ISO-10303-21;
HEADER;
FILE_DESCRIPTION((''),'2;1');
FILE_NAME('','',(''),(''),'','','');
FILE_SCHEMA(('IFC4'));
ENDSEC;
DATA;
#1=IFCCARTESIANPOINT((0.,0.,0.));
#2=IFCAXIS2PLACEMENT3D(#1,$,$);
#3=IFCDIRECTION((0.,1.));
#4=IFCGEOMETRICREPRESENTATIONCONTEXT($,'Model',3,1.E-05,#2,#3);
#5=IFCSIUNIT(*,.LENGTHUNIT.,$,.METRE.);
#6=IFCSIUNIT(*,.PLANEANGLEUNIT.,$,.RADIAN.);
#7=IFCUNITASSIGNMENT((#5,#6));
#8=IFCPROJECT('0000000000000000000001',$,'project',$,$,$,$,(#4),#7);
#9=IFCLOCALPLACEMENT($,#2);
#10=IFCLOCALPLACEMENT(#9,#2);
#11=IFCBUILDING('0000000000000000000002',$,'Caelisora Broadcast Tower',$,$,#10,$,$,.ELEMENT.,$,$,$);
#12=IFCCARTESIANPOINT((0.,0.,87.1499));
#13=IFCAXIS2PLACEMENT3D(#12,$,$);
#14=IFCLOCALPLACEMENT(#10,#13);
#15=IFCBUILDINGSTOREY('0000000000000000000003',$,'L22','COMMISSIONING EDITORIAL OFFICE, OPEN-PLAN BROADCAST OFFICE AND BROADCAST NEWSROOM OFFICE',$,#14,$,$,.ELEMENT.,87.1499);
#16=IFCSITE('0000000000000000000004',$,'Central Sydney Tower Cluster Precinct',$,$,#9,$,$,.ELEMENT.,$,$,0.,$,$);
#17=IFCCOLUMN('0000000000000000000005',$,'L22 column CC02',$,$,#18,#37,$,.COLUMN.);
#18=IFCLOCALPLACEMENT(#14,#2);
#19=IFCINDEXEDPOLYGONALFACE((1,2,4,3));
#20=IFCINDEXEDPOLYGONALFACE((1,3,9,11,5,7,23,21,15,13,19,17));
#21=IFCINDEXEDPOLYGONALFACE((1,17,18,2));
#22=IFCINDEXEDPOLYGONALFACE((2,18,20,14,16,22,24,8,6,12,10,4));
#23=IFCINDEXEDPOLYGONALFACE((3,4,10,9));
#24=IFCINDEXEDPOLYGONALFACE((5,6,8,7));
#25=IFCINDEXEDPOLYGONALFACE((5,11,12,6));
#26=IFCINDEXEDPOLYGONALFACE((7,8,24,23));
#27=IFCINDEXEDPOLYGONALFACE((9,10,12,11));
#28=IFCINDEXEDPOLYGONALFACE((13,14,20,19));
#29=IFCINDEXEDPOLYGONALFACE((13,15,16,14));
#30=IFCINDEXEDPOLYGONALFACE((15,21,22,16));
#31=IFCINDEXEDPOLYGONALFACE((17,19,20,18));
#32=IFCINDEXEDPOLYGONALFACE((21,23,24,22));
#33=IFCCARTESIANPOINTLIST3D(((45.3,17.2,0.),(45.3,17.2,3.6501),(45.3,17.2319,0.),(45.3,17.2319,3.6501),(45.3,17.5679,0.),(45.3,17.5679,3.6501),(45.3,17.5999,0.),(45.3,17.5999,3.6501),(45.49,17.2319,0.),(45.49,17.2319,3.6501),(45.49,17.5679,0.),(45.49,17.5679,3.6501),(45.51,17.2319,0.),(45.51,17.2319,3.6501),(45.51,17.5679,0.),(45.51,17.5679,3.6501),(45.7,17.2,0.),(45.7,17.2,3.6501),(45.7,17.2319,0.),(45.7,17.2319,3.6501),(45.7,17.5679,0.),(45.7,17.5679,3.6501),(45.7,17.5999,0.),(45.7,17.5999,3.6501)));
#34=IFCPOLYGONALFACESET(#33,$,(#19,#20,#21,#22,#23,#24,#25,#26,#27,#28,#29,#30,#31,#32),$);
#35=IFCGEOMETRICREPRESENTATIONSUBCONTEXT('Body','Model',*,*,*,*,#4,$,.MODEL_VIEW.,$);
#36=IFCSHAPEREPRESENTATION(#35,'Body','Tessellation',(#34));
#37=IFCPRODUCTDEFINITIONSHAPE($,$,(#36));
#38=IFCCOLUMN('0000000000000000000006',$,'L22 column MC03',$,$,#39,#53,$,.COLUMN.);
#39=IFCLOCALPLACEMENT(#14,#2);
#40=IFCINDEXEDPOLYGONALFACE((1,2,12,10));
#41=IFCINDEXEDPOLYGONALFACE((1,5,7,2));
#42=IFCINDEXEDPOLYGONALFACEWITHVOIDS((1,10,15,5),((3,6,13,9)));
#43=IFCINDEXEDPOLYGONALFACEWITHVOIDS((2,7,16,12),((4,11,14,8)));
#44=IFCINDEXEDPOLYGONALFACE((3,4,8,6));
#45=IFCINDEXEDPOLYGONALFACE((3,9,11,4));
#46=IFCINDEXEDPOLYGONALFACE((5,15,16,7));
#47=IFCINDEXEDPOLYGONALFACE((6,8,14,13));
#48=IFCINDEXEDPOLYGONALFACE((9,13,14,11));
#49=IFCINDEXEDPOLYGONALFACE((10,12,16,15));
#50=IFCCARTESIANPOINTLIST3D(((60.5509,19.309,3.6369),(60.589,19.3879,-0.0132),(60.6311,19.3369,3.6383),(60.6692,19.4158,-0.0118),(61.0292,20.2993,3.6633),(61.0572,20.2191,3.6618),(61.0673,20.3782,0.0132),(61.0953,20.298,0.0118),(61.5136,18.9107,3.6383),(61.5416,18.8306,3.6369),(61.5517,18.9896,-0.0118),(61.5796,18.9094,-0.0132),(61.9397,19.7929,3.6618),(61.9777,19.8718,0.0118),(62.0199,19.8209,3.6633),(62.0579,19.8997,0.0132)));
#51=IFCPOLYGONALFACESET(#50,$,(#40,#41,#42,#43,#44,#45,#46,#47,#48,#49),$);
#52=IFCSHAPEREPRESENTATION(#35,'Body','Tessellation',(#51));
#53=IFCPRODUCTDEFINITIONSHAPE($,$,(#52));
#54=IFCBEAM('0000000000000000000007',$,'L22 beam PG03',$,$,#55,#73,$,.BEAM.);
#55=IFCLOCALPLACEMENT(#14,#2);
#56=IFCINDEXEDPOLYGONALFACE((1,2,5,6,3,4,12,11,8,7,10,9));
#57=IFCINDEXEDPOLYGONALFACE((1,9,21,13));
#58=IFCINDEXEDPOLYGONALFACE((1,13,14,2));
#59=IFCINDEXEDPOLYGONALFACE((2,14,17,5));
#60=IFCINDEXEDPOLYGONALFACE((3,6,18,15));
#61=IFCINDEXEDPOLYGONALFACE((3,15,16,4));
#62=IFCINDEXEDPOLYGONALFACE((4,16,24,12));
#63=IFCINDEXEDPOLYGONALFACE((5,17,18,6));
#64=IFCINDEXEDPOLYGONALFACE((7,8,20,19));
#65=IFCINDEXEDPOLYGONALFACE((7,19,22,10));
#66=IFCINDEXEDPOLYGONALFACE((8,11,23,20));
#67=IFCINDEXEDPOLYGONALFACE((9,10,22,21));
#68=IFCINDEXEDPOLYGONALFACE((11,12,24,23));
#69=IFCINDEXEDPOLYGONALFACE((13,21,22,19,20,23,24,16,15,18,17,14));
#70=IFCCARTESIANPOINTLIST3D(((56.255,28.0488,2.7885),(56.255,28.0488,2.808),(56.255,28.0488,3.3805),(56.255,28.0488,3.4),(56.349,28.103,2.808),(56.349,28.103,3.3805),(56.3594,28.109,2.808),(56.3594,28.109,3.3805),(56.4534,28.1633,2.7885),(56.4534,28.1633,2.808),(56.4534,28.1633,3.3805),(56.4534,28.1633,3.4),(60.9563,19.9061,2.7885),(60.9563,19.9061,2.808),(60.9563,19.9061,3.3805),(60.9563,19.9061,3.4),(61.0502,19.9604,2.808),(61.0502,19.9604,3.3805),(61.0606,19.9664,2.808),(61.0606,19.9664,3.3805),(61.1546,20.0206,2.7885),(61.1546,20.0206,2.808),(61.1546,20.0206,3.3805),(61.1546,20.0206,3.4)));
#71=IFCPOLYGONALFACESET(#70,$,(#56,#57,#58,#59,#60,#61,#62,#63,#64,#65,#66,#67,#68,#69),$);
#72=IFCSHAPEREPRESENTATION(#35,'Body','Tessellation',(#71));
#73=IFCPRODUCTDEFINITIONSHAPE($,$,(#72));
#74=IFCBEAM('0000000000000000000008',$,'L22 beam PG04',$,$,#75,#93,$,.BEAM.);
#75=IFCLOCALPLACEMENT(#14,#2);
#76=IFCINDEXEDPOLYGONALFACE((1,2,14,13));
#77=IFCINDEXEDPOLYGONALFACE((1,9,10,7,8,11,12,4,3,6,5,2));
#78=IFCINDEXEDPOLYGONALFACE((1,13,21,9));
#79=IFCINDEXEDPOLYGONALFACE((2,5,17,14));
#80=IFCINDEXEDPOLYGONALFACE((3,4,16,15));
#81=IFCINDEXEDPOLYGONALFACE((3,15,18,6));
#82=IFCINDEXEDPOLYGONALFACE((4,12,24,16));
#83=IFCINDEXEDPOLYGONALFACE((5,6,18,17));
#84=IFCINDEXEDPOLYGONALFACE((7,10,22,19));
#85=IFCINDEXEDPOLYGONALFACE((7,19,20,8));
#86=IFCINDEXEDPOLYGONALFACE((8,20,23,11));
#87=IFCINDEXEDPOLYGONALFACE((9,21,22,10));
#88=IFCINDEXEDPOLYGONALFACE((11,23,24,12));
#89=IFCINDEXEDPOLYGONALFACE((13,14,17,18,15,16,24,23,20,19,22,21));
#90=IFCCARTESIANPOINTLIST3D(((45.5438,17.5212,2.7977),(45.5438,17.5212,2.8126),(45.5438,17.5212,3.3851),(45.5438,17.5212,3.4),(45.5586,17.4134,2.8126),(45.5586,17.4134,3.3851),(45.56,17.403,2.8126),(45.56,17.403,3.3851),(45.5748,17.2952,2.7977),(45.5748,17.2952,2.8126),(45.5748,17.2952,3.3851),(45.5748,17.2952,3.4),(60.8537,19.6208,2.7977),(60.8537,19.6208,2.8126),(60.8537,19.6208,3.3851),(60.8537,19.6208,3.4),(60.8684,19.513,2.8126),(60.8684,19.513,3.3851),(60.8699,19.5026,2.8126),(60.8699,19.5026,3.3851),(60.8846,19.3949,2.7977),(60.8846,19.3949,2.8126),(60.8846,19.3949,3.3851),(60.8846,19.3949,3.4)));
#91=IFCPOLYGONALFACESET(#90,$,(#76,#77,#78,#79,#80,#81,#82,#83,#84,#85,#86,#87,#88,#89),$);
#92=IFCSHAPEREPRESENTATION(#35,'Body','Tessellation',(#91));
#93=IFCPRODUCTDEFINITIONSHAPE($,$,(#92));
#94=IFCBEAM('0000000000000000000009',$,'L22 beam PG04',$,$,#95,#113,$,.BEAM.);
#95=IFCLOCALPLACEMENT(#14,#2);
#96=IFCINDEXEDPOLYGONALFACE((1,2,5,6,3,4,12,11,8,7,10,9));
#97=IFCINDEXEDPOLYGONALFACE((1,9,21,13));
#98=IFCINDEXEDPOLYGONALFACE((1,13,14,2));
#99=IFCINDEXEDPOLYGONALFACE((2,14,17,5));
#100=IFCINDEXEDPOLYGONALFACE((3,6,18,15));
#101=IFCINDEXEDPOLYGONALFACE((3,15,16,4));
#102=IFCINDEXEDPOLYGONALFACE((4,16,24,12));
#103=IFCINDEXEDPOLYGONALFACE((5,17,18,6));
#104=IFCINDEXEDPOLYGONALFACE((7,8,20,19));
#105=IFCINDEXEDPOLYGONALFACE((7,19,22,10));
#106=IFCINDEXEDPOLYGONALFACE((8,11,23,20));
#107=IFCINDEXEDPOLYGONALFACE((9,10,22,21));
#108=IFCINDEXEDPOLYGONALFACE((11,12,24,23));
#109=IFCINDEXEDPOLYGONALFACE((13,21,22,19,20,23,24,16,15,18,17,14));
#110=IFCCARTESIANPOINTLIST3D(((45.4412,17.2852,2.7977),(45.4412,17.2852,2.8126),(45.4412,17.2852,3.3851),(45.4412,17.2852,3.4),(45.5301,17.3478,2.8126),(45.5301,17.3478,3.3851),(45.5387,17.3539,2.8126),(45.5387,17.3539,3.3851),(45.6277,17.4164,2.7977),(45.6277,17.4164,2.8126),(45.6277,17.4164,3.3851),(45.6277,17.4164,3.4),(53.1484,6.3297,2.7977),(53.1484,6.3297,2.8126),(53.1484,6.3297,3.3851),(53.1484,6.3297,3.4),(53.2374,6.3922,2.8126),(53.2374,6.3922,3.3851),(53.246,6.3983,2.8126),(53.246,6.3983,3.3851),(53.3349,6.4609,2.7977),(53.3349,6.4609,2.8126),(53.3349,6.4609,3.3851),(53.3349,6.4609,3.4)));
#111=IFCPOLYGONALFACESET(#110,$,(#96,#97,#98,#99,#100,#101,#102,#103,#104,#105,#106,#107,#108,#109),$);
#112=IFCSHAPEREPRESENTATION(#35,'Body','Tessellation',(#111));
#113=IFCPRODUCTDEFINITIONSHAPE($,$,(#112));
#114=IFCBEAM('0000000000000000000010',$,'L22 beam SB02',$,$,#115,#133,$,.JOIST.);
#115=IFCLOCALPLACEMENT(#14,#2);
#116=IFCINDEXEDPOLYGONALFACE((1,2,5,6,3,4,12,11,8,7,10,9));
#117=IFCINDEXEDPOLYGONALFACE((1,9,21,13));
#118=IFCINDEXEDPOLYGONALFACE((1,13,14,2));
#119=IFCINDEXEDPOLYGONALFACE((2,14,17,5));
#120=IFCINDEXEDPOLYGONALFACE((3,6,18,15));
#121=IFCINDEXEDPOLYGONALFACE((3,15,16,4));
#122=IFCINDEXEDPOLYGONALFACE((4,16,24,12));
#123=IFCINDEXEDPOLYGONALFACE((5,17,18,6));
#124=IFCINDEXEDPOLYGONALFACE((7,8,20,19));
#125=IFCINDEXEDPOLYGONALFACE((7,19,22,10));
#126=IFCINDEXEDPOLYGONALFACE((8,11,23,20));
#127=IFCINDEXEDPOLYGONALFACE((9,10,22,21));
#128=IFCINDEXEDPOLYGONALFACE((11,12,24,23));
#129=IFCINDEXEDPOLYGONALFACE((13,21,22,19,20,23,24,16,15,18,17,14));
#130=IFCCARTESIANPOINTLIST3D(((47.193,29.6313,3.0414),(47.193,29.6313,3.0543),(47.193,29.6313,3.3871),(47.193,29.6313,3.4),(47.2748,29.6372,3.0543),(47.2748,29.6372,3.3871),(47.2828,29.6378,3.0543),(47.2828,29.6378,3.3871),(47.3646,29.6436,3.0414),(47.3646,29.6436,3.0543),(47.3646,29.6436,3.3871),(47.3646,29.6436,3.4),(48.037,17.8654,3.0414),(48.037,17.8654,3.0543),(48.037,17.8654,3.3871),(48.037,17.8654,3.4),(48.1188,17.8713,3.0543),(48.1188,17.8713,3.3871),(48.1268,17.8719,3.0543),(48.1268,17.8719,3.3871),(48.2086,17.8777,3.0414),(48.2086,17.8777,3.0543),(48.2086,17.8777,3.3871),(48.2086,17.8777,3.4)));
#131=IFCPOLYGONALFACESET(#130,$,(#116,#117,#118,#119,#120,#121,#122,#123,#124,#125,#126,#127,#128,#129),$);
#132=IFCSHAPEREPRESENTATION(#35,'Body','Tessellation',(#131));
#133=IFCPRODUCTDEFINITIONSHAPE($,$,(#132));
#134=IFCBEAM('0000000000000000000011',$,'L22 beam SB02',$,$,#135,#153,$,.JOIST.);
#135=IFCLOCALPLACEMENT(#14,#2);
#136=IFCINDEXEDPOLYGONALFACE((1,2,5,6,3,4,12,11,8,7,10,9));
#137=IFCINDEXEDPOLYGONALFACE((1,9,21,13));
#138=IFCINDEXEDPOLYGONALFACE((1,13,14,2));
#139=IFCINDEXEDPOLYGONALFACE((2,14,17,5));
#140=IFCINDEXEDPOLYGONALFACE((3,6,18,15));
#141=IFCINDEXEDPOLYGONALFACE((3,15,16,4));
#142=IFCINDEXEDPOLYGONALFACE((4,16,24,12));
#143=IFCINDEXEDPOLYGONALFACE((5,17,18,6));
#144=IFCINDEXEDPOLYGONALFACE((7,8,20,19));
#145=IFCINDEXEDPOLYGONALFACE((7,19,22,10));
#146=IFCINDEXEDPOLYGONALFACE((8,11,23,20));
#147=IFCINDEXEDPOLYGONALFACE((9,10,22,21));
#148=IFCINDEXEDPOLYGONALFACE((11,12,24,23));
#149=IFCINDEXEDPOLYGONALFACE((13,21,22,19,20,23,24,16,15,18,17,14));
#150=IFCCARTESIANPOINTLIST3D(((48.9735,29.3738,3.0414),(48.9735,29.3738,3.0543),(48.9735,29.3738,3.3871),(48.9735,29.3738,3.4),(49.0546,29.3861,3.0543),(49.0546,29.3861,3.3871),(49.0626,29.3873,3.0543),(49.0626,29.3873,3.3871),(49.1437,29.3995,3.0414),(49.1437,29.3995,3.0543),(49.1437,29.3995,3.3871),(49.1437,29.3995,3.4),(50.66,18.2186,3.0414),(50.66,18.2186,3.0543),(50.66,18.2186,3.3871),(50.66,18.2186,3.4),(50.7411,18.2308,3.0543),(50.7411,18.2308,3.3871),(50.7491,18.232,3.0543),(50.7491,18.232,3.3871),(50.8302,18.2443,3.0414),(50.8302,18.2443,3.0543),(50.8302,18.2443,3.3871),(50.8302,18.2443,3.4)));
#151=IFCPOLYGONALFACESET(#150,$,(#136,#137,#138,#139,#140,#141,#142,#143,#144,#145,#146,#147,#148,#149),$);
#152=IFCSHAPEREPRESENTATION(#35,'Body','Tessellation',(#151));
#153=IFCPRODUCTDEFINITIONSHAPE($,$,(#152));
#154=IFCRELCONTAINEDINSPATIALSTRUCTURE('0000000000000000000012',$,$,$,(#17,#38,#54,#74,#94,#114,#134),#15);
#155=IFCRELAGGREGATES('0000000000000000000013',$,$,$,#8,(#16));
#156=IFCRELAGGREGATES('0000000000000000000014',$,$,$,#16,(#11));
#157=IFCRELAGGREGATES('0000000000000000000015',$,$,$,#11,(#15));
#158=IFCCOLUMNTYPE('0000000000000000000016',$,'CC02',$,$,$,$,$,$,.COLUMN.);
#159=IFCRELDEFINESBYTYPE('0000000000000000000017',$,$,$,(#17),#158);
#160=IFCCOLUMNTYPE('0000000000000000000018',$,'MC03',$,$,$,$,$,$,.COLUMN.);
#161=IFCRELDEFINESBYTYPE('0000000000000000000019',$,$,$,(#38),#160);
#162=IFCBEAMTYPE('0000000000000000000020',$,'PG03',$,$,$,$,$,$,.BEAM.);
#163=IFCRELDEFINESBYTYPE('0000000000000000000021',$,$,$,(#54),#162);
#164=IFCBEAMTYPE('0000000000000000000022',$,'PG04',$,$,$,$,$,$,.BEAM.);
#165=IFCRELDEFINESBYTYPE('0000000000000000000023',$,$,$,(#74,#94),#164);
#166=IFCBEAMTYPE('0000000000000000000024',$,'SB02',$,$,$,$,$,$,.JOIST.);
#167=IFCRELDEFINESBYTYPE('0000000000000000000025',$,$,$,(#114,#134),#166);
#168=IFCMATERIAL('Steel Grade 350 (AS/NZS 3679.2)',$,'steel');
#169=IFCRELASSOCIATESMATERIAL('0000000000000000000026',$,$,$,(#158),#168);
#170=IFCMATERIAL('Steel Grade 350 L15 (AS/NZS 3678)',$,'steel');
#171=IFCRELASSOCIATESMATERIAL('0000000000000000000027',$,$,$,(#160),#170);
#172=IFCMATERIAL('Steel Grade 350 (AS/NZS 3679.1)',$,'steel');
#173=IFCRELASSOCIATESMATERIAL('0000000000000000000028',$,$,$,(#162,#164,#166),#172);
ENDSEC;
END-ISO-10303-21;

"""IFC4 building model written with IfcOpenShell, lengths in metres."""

from ifc_helpers import new_model, si_unit, direction, frame, origin, origin_2d, place, context, subcontext, project, spatial, hollow_rectangle, i_section, extrude, source, transform, mapped, material, material_profile, profile_set, type_object, type_shapes, element, save


model = new_model("IFC4")

# Units and contexts
model_context = context("Model", 3, precision=1e-05, world=origin(), true_north=direction((0.0, 1.0)))
body_context = subcontext(model_context, "Body", "Model", "MODEL_VIEW")
ifc_project = project(units=[si_unit("LENGTHUNIT", "METRE"), si_unit("PLANEANGLEUNIT", "RADIAN")], contexts=[model_context])

# Site, building, storey
site_placement = place(None, origin())
site = spatial("IfcSite", under=ifc_project, at=site_placement, Name="Central Sydney Tower Cluster Precinct", CompositionType="ELEMENT", RefElevation=0.0)
building_placement = place(site_placement, origin())
building = spatial("IfcBuilding", under=site, at=building_placement, Name="Caelisora Broadcast Tower", CompositionType="ELEMENT")
storey_placement = place(building_placement, frame((0.0, 0.0, 87.1499)))
storey = spatial("IfcBuildingStorey", under=building, at=storey_placement, Name="L22", Description="COMMISSIONING EDITORIAL OFFICE, OPEN-PLAN BROADCAST OFFICE AND BROADCAST NEWSROOM OFFICE", CompositionType="ELEMENT", Elevation=87.1499)

# Columns
ifc_material_1 = material(Name="Steel Grade 350 (AS/NZS 3679.2)", Category="steel")
ifc_material_profile_1 = material_profile(ifc_material_1, i_section(OverallWidth=0.3999, OverallDepth=0.3999, WebThickness=0.02, FlangeThickness=0.032, at=origin_2d()), Name="Steel Grade 350 (AS/NZS 3679.2)")
ifc_profile_set_1 = profile_set([ifc_material_profile_1], Name="Steel Grade 350 (AS/NZS 3679.2)")
column_type_1 = type_object("IfcColumnType", Name="CC02", PredefinedType="COLUMN", material=ifc_profile_set_1)
shared_shape_1 = source(origin(), body_context, "Body", "SweptSolid", [
    extrude(i_section(OverallWidth=0.3999, OverallDepth=0.3999, WebThickness=0.02, FlangeThickness=0.032, at=origin_2d()), origin(), (0.0, 0.0, 1.0), 3.6501),
])
type_shapes(column_type_1, [shared_shape_1])
column_1_placement = place(storey_placement, frame((45.5, 17.3999, 0.0), z_axis=(0.0, 0.0, 1.0), x_axis=(1.0, 0.0, 0.0)))
element("IfcColumn", 1, at=column_1_placement, inside=storey, type_object=column_type_1, Name="L22 column CC02", PredefinedType="COLUMN", context=body_context, shape_type="MappedRepresentation", body=[
    mapped(shared_shape_1, transform((0.0, 0.0, 0.0), scale=1.0)),
])
ifc_material_2 = material(Name="Steel Grade 350 L15 (AS/NZS 3678)", Category="steel")
ifc_material_profile_2 = material_profile(ifc_material_2, hollow_rectangle(XDim=1.1001, YDim=1.1001, WallThickness=0.0601, at=origin_2d()), Name="Steel Grade 350 L15 (AS/NZS 3678)")
ifc_profile_set_2 = profile_set([ifc_material_profile_2], Name="Steel Grade 350 L15 (AS/NZS 3678)")
column_type_2 = type_object("IfcColumnType", Name="MC03", PredefinedType="COLUMN", material=ifc_profile_set_2)
shared_shape_2 = source(origin(), body_context, "Body", "SweptSolid", [
    extrude(hollow_rectangle(XDim=1.1001, YDim=1.1001, WallThickness=0.0601, at=origin_2d()), origin(), (0.0, 0.0, 1.0), 3.6511),
])
type_shapes(column_type_2, [shared_shape_2])
column_2_placement = place(storey_placement, frame((61.3235, 19.6438, 0.0), z_axis=(-0.010431, -0.021598, 0.999712), x_axis=(0.900476, -0.434905, 0.0)))
element("IfcColumn", 2, at=column_2_placement, inside=storey, type_object=column_type_2, Name="L22 column MC03", PredefinedType="COLUMN", context=body_context, shape_type="MappedRepresentation", body=[
    mapped(shared_shape_2, transform((0.0, 0.0, 0.0), scale=1.0)),
])

# Beams
ifc_material_3 = material(Name="Steel Grade 350 (AS/NZS 3679.1)", Category="steel")
ifc_material_profile_3 = material_profile(ifc_material_3, i_section(OverallWidth=0.229, OverallDepth=0.6116, WebThickness=0.012, FlangeThickness=0.0195, at=origin_2d()), Name="Steel Grade 350 (AS/NZS 3679.1)")
ifc_profile_set_3 = profile_set([ifc_material_profile_3], Name="Steel Grade 350 (AS/NZS 3679.1)")
beam_type_1 = type_object("IfcBeamType", Name="PG03", PredefinedType="BEAM", material=ifc_profile_set_3)
shared_shape_3 = source(origin(), body_context, "Body", "SweptSolid", [
    extrude(i_section(OverallWidth=0.229, OverallDepth=0.6116, WebThickness=0.012, FlangeThickness=0.0195, at=origin_2d()), origin(), (0.0, 0.0, 1.0), 9.4023),
])
type_shapes(beam_type_1, [shared_shape_3])
beam_1_placement = place(storey_placement, frame((61.0554, 19.9634, 3.0942), z_axis=(-0.500004, 0.866023, 0.0), x_axis=(-0.866023, -0.500004, 0.0)))
element("IfcBeam", 3, at=beam_1_placement, inside=storey, type_object=beam_type_1, Name="L22 beam PG03", PredefinedType="BEAM", context=body_context, shape_type="MappedRepresentation", body=[
    mapped(shared_shape_3, transform((0.0, 0.0, 0.0), scale=1.0)),
])
ifc_material_profile_4 = material_profile(ifc_material_3, i_section(OverallWidth=0.228, OverallDepth=0.6023, WebThickness=0.0105, FlangeThickness=0.0149, at=origin_2d()), Name="Steel Grade 350 (AS/NZS 3679.1)")
ifc_profile_set_4 = profile_set([ifc_material_profile_4], Name="Steel Grade 350 (AS/NZS 3679.1)")
beam_type_2 = type_object("IfcBeamType", Name="PG04", PredefinedType="BEAM", material=ifc_profile_set_4)
shared_shape_4 = source(origin(), body_context, "Body", "SweptSolid", [
    extrude(i_section(OverallWidth=0.228, OverallDepth=0.6023, WebThickness=0.0105, FlangeThickness=0.0149, at=origin_2d()), origin(), (0.0, 0.0, 1.0), 15.4531),
])
beam_2_placement = place(storey_placement, frame((45.5593, 17.4082, 3.0989), z_axis=(0.990727, 0.13587, 0.0), x_axis=(-0.13587, 0.990727, 0.0)))
element("IfcBeam", 4, at=beam_2_placement, inside=storey, type_object=beam_type_2, Name="L22 beam PG04", PredefinedType="BEAM", context=body_context, shape_type="MappedRepresentation", body=[
    mapped(shared_shape_4, transform((0.0, 0.0, 0.0), scale=1.0)),
])
shared_shape_5 = source(origin(), body_context, "Body", "SweptSolid", [
    extrude(i_section(OverallWidth=0.228, OverallDepth=0.6023, WebThickness=0.0105, FlangeThickness=0.0149, at=origin_2d()), origin(), (0.0, 0.0, 1.0), 13.395),
])
type_shapes(beam_type_2, [shared_shape_4, shared_shape_5])
beam_3_placement = place(storey_placement, frame((45.5344, 17.3508, 3.0989), z_axis=(0.575384, -0.817884, 0.0), x_axis=(0.817884, 0.575384, 0.0)))
element("IfcBeam", 5, at=beam_3_placement, inside=storey, type_object=beam_type_2, Name="L22 beam PG04", PredefinedType="BEAM", context=body_context, shape_type="MappedRepresentation", body=[
    mapped(shared_shape_5, transform((0.0, 0.0, 0.0), scale=1.0)),
])
ifc_material_profile_5 = material_profile(ifc_material_3, i_section(OverallWidth=0.1721, OverallDepth=0.3586, WebThickness=0.0081, FlangeThickness=0.0129, at=origin_2d()), Name="Steel Grade 350 (AS/NZS 3679.1)")
ifc_profile_set_5 = profile_set([ifc_material_profile_5], Name="Steel Grade 350 (AS/NZS 3679.1)")
beam_type_3 = type_object("IfcBeamType", Name="SB02", PredefinedType="JOIST", material=ifc_profile_set_5)
shared_shape_6 = source(origin(), body_context, "Body", "SweptSolid", [
    extrude(i_section(OverallWidth=0.1721, OverallDepth=0.3586, WebThickness=0.0081, FlangeThickness=0.0129, at=origin_2d()), origin(), (0.0, 0.0, 1.0), 11.7961),
])
beam_4_placement = place(storey_placement, frame((48.1228, 17.8716, 3.2207), z_axis=(-0.071549, 0.997437, 0.0), x_axis=(-0.997437, -0.071549, 0.0)))
element("IfcBeam", 6, at=beam_4_placement, inside=storey, type_object=beam_type_3, Name="L22 beam SB02", PredefinedType="JOIST", context=body_context, shape_type="MappedRepresentation", body=[
    mapped(shared_shape_6, transform((0.0, 0.0, 0.0), scale=1.0)),
])
shared_shape_7 = source(origin(), body_context, "Body", "SweptSolid", [
    extrude(i_section(OverallWidth=0.1721, OverallDepth=0.3586, WebThickness=0.0081, FlangeThickness=0.0129, at=origin_2d()), origin(), (0.0, 0.0, 1.0), 11.282),
])
beam_5_placement = place(storey_placement, frame((50.7451, 18.2314, 3.2207), z_axis=(-0.149487, 0.988764, 0.0), x_axis=(-0.988764, -0.149487, 0.0)))
element("IfcBeam", 7, at=beam_5_placement, inside=storey, type_object=beam_type_3, Name="L22 beam SB02", PredefinedType="JOIST", context=body_context, shape_type="MappedRepresentation", body=[
    mapped(shared_shape_7, transform((0.0, 0.0, 0.0), scale=1.0)),
])

save(model, "model.ifc")
